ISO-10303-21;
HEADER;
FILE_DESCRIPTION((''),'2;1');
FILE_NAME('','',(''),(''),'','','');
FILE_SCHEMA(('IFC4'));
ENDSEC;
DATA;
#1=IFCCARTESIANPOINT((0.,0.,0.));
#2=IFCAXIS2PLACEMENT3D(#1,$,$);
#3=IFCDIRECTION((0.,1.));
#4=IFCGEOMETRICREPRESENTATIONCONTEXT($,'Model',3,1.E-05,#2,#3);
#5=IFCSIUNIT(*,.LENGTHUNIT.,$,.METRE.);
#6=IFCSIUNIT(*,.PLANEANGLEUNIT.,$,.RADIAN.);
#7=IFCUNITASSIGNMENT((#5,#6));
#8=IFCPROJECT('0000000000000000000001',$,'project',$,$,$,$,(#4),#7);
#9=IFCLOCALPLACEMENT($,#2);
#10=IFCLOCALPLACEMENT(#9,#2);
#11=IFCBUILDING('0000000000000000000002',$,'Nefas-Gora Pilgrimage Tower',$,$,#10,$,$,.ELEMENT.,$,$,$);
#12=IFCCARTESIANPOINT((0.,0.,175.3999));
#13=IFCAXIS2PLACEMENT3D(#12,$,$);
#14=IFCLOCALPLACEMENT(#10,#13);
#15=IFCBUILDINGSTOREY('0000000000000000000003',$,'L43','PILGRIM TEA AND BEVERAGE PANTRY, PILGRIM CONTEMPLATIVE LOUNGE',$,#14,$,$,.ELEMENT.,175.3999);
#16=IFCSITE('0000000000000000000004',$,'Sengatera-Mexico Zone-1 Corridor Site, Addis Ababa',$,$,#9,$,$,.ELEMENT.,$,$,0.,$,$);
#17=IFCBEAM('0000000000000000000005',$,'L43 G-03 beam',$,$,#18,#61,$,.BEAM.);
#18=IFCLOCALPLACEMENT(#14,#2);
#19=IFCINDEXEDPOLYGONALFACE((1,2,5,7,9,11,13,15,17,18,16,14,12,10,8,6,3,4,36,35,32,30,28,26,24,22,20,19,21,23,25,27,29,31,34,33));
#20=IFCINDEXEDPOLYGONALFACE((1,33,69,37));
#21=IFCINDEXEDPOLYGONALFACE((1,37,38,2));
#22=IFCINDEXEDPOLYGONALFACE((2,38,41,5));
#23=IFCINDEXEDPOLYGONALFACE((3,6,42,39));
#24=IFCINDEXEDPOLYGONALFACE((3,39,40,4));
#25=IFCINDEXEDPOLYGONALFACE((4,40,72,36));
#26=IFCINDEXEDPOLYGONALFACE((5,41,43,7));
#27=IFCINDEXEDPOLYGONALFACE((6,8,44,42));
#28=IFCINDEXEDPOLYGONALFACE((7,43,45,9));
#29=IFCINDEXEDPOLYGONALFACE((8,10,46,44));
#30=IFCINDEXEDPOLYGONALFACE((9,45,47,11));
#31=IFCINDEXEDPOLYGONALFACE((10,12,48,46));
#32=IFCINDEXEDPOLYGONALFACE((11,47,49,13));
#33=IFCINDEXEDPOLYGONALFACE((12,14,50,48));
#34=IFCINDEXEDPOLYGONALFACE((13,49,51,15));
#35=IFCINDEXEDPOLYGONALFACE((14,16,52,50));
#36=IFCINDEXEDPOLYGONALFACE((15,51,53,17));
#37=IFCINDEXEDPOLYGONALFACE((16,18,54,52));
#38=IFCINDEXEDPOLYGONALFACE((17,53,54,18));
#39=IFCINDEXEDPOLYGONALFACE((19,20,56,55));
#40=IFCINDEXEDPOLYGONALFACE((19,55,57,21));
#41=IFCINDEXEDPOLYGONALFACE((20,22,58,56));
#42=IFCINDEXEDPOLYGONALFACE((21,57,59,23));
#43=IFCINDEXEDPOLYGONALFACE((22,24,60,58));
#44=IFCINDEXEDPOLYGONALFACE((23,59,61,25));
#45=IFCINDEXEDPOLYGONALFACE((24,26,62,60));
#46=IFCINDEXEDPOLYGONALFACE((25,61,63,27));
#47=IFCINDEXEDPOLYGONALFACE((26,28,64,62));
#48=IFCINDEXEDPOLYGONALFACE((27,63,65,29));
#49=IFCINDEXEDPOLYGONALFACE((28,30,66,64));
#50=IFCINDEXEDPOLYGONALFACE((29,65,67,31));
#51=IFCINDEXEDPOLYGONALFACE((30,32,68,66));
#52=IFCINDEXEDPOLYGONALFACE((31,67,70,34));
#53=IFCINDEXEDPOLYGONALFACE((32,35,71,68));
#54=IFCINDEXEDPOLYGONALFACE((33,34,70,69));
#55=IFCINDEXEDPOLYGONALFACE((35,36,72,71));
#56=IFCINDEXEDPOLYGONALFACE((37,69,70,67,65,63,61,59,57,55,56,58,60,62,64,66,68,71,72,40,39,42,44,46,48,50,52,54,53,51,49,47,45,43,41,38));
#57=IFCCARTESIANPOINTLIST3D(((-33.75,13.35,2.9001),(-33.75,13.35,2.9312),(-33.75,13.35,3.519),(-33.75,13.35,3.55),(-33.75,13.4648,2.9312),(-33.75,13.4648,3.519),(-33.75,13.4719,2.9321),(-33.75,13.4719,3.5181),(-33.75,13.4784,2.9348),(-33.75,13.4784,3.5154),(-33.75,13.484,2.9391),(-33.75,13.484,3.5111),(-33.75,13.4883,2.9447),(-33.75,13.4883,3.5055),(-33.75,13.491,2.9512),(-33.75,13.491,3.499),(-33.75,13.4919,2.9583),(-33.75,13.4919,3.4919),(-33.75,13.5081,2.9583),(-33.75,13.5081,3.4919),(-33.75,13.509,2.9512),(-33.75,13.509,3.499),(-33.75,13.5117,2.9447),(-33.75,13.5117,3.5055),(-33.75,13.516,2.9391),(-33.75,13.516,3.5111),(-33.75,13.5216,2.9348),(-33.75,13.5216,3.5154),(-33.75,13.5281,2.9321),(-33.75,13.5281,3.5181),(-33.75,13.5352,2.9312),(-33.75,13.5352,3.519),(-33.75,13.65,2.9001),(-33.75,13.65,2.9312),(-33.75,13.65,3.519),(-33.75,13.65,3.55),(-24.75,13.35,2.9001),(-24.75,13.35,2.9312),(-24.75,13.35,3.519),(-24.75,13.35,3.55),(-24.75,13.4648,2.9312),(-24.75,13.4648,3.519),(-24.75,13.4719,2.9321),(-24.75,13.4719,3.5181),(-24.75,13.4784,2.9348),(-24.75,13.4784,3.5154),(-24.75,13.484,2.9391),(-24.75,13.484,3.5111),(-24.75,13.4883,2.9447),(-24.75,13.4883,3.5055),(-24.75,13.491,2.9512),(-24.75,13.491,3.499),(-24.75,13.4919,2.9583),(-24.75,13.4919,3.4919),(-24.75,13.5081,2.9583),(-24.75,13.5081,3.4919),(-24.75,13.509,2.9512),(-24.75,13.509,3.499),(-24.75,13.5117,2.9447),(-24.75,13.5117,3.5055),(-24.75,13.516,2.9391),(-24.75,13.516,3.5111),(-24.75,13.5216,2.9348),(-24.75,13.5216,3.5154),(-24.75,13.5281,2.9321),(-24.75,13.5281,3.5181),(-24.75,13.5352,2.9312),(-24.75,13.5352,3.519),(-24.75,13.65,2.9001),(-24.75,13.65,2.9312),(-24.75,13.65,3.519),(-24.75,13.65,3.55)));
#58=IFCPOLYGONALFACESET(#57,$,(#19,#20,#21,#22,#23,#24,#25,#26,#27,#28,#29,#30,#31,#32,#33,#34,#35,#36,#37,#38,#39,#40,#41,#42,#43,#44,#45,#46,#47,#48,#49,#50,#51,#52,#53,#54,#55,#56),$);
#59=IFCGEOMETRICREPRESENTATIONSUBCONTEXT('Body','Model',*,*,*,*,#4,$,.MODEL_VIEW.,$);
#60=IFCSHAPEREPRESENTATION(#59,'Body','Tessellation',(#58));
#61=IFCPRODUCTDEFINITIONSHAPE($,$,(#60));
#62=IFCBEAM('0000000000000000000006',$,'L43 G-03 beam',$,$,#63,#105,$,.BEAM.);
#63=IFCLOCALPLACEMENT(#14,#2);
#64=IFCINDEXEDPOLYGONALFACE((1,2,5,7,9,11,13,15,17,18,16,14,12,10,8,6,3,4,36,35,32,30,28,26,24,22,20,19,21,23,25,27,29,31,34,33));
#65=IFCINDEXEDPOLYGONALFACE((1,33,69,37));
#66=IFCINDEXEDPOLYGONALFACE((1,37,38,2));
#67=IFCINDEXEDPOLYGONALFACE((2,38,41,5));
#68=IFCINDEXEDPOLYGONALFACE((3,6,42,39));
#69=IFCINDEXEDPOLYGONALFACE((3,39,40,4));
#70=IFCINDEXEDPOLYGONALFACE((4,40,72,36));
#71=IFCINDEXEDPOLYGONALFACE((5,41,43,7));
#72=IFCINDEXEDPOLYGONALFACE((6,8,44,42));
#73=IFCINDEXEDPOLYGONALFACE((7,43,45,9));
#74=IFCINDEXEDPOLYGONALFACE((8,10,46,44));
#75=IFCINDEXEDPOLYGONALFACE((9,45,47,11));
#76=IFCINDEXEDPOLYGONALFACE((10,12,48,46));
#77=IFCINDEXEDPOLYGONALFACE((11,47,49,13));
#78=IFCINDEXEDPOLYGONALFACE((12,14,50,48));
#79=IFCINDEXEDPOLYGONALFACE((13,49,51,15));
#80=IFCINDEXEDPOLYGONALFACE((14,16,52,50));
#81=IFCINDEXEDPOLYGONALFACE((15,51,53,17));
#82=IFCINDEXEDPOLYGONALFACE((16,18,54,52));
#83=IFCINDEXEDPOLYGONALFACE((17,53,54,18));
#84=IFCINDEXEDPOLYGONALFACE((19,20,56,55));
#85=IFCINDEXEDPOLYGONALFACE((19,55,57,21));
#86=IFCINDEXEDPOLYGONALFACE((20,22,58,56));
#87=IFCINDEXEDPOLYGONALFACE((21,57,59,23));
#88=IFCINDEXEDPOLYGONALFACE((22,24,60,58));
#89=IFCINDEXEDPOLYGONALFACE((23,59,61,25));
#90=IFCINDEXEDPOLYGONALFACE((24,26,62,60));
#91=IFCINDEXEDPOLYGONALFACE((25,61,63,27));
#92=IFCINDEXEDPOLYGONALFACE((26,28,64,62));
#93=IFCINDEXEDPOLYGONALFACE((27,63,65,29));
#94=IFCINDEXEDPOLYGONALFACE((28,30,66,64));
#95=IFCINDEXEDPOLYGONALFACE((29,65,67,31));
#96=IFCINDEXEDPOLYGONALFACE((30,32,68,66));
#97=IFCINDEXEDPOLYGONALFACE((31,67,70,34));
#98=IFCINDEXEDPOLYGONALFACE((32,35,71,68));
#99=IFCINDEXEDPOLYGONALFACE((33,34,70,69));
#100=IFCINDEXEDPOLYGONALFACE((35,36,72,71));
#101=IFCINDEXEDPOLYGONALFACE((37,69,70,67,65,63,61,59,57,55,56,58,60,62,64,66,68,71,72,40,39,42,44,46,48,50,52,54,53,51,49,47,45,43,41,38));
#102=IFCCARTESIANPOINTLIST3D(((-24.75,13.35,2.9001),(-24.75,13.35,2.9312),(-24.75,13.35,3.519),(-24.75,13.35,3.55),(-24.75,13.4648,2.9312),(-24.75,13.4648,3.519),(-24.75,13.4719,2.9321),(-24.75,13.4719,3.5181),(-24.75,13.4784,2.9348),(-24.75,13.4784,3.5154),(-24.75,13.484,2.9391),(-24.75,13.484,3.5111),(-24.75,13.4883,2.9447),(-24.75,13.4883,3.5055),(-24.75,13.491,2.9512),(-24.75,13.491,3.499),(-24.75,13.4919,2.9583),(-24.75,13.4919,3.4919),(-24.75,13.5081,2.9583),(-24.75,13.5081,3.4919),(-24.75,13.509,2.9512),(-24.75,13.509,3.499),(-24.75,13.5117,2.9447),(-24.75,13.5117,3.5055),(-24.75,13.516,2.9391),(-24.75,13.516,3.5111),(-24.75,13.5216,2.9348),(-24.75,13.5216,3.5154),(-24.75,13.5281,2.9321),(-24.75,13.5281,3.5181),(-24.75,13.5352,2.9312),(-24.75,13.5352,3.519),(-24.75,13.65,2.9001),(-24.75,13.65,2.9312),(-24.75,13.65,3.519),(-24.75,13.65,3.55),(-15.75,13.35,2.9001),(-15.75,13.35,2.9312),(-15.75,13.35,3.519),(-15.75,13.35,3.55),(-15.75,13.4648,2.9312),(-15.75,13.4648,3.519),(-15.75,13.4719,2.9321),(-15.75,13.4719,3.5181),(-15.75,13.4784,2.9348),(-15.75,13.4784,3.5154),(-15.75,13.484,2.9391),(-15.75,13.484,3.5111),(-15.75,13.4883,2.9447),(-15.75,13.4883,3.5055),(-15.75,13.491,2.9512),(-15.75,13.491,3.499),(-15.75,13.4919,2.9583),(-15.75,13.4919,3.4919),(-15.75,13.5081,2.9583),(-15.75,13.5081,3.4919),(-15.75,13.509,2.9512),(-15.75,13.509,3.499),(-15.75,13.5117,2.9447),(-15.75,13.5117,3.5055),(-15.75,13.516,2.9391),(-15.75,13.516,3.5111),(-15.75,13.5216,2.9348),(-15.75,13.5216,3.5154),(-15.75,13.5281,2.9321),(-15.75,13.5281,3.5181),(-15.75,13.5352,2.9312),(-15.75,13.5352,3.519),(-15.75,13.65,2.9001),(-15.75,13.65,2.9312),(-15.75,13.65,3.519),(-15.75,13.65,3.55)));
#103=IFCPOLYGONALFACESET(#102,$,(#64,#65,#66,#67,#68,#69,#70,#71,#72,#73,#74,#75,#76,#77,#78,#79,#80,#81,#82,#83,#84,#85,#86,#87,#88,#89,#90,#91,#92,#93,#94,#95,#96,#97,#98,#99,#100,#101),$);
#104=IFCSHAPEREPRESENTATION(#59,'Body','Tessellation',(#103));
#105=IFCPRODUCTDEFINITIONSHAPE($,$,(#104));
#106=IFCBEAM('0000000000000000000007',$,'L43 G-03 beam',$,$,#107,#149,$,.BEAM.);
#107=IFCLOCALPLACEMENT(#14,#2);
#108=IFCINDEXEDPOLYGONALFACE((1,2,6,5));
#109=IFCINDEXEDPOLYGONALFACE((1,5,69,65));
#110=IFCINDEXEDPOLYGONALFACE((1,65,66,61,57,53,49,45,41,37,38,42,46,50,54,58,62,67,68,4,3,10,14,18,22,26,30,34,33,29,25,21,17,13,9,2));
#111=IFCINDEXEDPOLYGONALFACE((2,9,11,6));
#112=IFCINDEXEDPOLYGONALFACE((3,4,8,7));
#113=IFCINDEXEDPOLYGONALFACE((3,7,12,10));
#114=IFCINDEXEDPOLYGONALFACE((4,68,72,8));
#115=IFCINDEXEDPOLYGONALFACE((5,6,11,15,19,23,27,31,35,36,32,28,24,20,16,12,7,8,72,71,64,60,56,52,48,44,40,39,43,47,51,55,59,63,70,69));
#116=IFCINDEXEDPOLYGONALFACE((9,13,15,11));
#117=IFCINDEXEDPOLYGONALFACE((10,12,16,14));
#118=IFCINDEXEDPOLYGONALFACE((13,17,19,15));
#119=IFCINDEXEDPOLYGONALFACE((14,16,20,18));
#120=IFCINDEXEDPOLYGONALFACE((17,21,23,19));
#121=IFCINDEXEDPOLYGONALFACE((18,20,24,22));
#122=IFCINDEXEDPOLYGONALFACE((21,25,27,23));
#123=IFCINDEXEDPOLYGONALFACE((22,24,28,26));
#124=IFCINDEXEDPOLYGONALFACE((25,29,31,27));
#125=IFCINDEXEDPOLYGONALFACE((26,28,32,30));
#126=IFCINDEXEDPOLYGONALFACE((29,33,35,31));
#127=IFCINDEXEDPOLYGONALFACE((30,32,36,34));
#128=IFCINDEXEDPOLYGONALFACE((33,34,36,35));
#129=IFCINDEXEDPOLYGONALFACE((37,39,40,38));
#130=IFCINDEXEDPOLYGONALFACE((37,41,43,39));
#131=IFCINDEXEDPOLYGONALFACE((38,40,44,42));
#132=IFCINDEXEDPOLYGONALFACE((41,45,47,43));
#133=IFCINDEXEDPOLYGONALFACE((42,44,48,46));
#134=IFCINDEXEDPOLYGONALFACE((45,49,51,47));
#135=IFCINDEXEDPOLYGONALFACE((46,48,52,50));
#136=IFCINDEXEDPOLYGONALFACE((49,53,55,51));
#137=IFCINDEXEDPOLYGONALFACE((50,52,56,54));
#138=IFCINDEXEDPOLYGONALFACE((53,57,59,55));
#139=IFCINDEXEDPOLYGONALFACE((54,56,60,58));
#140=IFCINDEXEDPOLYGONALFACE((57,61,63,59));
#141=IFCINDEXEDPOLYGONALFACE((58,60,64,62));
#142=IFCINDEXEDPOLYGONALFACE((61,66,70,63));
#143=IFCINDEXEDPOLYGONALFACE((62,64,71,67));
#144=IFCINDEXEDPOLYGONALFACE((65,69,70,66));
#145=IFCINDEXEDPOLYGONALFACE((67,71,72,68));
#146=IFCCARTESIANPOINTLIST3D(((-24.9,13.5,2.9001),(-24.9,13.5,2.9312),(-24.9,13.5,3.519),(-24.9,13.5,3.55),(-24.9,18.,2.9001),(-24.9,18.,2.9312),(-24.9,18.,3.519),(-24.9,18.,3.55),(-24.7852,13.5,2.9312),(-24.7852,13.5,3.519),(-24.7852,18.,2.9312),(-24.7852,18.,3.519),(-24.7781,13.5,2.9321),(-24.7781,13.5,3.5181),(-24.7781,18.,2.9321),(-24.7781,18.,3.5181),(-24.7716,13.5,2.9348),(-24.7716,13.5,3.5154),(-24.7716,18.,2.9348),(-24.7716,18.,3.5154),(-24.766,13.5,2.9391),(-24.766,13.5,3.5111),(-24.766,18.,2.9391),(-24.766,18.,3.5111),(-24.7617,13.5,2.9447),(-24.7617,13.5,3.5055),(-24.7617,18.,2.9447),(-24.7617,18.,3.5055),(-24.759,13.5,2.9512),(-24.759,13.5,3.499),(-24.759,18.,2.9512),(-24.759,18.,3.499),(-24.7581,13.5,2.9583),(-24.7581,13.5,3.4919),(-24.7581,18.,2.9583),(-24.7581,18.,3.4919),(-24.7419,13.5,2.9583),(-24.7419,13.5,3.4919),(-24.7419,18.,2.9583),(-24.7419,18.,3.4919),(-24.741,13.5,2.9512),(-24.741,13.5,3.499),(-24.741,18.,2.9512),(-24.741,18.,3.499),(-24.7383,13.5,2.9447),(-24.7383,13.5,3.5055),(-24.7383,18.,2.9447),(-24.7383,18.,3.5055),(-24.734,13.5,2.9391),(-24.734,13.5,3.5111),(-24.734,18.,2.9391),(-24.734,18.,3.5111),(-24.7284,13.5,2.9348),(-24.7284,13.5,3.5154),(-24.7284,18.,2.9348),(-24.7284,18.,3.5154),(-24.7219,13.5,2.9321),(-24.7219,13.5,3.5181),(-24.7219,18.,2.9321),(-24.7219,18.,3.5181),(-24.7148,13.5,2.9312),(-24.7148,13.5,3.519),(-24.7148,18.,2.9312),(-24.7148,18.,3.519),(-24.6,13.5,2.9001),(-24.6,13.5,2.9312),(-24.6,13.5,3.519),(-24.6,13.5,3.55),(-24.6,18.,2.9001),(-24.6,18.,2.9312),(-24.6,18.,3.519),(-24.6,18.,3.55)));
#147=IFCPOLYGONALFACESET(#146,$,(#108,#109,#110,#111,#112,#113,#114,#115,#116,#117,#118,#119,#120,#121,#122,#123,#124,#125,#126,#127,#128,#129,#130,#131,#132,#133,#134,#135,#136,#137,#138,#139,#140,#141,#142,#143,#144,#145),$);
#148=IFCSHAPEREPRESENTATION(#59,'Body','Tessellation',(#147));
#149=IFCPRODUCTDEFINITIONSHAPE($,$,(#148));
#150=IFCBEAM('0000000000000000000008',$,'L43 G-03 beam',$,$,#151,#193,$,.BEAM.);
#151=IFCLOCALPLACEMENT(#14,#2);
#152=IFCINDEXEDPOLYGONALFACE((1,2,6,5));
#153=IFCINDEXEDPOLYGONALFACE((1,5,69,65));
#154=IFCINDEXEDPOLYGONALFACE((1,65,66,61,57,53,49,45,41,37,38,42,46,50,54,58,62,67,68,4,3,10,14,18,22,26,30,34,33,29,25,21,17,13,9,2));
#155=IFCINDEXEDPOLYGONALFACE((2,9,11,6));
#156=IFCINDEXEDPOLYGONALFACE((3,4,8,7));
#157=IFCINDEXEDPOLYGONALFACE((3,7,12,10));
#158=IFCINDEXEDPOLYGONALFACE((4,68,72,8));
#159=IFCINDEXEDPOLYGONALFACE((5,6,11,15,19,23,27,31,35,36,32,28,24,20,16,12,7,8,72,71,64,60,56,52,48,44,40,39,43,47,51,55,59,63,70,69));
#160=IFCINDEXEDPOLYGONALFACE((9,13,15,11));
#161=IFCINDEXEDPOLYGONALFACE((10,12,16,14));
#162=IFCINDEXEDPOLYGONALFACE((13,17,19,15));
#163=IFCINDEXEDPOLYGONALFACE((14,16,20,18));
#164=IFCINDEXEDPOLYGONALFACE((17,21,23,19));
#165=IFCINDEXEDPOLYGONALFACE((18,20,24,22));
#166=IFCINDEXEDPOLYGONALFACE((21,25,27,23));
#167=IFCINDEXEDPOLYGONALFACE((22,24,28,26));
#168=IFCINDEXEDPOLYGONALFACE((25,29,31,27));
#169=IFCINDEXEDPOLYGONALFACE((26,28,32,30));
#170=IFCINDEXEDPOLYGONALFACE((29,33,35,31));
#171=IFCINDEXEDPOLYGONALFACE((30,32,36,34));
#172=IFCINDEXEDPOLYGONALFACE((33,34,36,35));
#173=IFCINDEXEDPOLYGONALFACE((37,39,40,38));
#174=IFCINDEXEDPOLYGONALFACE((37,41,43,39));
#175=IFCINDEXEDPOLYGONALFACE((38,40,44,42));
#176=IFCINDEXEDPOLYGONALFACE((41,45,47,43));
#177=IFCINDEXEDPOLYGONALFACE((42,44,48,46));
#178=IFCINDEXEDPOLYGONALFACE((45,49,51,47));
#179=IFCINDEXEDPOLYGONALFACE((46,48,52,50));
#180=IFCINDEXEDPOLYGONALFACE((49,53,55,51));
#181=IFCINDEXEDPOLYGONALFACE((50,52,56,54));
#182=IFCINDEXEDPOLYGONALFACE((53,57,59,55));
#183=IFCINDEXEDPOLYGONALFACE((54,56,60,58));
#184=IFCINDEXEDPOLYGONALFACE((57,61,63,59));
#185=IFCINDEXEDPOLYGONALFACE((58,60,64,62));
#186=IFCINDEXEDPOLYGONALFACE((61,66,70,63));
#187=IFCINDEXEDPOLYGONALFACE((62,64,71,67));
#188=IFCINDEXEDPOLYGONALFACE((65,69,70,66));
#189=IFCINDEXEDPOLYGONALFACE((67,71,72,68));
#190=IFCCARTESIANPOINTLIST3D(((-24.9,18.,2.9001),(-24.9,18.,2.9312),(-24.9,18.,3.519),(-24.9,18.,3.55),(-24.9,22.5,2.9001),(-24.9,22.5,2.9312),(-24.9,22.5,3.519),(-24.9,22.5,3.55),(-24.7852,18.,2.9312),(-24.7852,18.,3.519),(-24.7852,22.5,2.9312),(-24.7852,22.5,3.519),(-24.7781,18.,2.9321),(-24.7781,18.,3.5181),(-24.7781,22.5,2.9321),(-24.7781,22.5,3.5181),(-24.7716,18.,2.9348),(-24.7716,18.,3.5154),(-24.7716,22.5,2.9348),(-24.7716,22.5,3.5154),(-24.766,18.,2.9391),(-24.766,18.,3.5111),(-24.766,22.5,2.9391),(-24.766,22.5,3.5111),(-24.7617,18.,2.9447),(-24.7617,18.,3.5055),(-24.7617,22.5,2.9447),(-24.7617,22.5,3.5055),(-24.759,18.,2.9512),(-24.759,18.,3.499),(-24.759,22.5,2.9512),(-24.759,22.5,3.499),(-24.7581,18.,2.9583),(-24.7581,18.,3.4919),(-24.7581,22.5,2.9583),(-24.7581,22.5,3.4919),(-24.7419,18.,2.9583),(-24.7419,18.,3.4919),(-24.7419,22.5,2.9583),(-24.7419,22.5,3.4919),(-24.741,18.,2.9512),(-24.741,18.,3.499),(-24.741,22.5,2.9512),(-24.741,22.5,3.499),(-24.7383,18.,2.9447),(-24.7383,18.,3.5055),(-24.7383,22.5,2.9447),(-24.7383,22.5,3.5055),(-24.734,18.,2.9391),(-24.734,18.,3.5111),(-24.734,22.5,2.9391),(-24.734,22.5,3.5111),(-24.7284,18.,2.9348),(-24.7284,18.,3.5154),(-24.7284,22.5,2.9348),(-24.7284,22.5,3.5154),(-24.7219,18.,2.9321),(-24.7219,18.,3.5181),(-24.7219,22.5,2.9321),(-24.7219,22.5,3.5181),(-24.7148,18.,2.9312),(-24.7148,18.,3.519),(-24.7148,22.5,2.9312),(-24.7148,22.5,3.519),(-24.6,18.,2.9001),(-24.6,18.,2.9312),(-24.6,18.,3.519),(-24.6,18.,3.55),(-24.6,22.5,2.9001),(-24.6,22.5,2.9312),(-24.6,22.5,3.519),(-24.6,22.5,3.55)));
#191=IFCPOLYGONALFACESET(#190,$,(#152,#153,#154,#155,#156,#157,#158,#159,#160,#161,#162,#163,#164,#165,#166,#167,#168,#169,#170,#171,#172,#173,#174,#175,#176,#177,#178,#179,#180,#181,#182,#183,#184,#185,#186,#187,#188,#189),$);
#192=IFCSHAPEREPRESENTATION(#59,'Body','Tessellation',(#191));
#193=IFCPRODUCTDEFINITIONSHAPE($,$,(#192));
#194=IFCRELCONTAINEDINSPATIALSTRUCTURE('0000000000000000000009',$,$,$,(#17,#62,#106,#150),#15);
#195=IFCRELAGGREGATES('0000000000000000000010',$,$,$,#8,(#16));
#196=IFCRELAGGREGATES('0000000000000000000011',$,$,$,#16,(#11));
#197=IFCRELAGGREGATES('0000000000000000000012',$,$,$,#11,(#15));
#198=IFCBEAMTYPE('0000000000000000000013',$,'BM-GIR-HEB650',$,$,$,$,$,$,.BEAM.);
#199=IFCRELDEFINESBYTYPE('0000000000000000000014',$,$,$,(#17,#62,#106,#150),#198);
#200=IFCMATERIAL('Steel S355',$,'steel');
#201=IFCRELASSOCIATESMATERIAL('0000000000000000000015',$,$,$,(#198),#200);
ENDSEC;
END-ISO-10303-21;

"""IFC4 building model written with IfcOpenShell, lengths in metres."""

from ifc_helpers import new_model, si_unit, direction, frame, origin, origin_2d, place, context, subcontext, project, spatial, i_section, extrude, source, transform, mapped, material, material_profile, profile_set, type_object, element, save


model = new_model("IFC4")

# Units and contexts
model_context = context("Model", 3, precision=1e-05, world=origin(), true_north=direction((0.0, 1.0)))
body_context = subcontext(model_context, "Body", "Model", "MODEL_VIEW")
ifc_project = project(units=[si_unit("LENGTHUNIT", "METRE"), si_unit("PLANEANGLEUNIT", "RADIAN")], contexts=[model_context])

# Site, building, storey
site_placement = place(None, origin())
site = spatial("IfcSite", under=ifc_project, at=site_placement, Name="Sengatera-Mexico Zone-1 Corridor Site, Addis Ababa", CompositionType="ELEMENT", RefElevation=0.0)
building_placement = place(site_placement, origin())
building = spatial("IfcBuilding", under=site, at=building_placement, Name="Nefas-Gora Pilgrimage Tower", CompositionType="ELEMENT")
storey_placement = place(building_placement, frame((0.0, 0.0, 175.3999)))
storey = spatial("IfcBuildingStorey", under=building, at=storey_placement, Name="L43", Description="PILGRIM TEA AND BEVERAGE PANTRY, PILGRIM CONTEMPLATIVE LOUNGE", CompositionType="ELEMENT", Elevation=175.3999)

# Beams
ifc_material_1 = material(Name="Steel S355", Category="steel")
ifc_material_profile_1 = material_profile(ifc_material_1, i_section(OverallWidth=0.3, OverallDepth=0.6499, WebThickness=0.0161, FlangeThickness=0.031, FilletRadius=0.0271, at=origin_2d()), Name="HEB 650")
ifc_profile_set_1 = profile_set([ifc_material_profile_1], Name="Steel S355")
beam_type_1 = type_object("IfcBeamType", Name="BM-GIR-HEB650", PredefinedType="BEAM", material=ifc_profile_set_1)
shared_shape_1 = source(origin(), body_context, "Body", "SweptSolid", [
    extrude(i_section(OverallWidth=0.3, OverallDepth=0.6499, WebThickness=0.0161, FlangeThickness=0.031, FilletRadius=0.0271, at=origin_2d()), origin(), (0.0, 0.0, 1.0), 9.0),
])
for number, where, z_axis, x_axis, name in (
    (1, (-33.75, 13.5, 3.2251), (1.0, 0.0, 0.0), (0.0, 1.0, 0.0), "L43 G-03 beam"),
    (2, (-24.75, 13.5, 3.2251), (1.0, 0.0, 0.0), (0.0, 1.0, 0.0), "L43 G-03 beam"),
):
    element("IfcBeam", number, at=place(storey_placement, frame(where, z_axis=z_axis, x_axis=x_axis)), inside=storey, type_object=beam_type_1, Name=name, PredefinedType="BEAM", context=body_context, shape_type="MappedRepresentation", body=[
        mapped(shared_shape_1, transform((0.0, 0.0, 0.0), x_axis=(1.0, 0.0, 0.0), y_axis=(0.0, 1.0, 0.0), z_axis=(0.0, 0.0, 1.0), scale=1.0)),
    ])
shared_shape_2 = source(origin(), body_context, "Body", "SweptSolid", [
    extrude(i_section(OverallWidth=0.3, OverallDepth=0.6499, WebThickness=0.0161, FlangeThickness=0.031, FilletRadius=0.0271, at=origin_2d()), origin(), (0.0, 0.0, 1.0), 4.5),
])
for number, where, z_axis, x_axis, name in (
    (3, (-24.75, 13.5, 3.2251), (0.0, 1.0, 0.0), (-1.0, 0.0, 0.0), "L43 G-03 beam"),
    (4, (-24.75, 18.0, 3.2251), (0.0, 1.0, 0.0), (-1.0, 0.0, 0.0), "L43 G-03 beam"),
):
    element("IfcBeam", number, at=place(storey_placement, frame(where, z_axis=z_axis, x_axis=x_axis)), inside=storey, type_object=beam_type_1, Name=name, PredefinedType="BEAM", context=body_context, shape_type="MappedRepresentation", body=[
        mapped(shared_shape_2, transform((0.0, 0.0, 0.0), x_axis=(1.0, 0.0, 0.0), y_axis=(0.0, 1.0, 0.0), z_axis=(0.0, 0.0, 1.0), scale=1.0)),
    ])

save(model, "model.ifc")
